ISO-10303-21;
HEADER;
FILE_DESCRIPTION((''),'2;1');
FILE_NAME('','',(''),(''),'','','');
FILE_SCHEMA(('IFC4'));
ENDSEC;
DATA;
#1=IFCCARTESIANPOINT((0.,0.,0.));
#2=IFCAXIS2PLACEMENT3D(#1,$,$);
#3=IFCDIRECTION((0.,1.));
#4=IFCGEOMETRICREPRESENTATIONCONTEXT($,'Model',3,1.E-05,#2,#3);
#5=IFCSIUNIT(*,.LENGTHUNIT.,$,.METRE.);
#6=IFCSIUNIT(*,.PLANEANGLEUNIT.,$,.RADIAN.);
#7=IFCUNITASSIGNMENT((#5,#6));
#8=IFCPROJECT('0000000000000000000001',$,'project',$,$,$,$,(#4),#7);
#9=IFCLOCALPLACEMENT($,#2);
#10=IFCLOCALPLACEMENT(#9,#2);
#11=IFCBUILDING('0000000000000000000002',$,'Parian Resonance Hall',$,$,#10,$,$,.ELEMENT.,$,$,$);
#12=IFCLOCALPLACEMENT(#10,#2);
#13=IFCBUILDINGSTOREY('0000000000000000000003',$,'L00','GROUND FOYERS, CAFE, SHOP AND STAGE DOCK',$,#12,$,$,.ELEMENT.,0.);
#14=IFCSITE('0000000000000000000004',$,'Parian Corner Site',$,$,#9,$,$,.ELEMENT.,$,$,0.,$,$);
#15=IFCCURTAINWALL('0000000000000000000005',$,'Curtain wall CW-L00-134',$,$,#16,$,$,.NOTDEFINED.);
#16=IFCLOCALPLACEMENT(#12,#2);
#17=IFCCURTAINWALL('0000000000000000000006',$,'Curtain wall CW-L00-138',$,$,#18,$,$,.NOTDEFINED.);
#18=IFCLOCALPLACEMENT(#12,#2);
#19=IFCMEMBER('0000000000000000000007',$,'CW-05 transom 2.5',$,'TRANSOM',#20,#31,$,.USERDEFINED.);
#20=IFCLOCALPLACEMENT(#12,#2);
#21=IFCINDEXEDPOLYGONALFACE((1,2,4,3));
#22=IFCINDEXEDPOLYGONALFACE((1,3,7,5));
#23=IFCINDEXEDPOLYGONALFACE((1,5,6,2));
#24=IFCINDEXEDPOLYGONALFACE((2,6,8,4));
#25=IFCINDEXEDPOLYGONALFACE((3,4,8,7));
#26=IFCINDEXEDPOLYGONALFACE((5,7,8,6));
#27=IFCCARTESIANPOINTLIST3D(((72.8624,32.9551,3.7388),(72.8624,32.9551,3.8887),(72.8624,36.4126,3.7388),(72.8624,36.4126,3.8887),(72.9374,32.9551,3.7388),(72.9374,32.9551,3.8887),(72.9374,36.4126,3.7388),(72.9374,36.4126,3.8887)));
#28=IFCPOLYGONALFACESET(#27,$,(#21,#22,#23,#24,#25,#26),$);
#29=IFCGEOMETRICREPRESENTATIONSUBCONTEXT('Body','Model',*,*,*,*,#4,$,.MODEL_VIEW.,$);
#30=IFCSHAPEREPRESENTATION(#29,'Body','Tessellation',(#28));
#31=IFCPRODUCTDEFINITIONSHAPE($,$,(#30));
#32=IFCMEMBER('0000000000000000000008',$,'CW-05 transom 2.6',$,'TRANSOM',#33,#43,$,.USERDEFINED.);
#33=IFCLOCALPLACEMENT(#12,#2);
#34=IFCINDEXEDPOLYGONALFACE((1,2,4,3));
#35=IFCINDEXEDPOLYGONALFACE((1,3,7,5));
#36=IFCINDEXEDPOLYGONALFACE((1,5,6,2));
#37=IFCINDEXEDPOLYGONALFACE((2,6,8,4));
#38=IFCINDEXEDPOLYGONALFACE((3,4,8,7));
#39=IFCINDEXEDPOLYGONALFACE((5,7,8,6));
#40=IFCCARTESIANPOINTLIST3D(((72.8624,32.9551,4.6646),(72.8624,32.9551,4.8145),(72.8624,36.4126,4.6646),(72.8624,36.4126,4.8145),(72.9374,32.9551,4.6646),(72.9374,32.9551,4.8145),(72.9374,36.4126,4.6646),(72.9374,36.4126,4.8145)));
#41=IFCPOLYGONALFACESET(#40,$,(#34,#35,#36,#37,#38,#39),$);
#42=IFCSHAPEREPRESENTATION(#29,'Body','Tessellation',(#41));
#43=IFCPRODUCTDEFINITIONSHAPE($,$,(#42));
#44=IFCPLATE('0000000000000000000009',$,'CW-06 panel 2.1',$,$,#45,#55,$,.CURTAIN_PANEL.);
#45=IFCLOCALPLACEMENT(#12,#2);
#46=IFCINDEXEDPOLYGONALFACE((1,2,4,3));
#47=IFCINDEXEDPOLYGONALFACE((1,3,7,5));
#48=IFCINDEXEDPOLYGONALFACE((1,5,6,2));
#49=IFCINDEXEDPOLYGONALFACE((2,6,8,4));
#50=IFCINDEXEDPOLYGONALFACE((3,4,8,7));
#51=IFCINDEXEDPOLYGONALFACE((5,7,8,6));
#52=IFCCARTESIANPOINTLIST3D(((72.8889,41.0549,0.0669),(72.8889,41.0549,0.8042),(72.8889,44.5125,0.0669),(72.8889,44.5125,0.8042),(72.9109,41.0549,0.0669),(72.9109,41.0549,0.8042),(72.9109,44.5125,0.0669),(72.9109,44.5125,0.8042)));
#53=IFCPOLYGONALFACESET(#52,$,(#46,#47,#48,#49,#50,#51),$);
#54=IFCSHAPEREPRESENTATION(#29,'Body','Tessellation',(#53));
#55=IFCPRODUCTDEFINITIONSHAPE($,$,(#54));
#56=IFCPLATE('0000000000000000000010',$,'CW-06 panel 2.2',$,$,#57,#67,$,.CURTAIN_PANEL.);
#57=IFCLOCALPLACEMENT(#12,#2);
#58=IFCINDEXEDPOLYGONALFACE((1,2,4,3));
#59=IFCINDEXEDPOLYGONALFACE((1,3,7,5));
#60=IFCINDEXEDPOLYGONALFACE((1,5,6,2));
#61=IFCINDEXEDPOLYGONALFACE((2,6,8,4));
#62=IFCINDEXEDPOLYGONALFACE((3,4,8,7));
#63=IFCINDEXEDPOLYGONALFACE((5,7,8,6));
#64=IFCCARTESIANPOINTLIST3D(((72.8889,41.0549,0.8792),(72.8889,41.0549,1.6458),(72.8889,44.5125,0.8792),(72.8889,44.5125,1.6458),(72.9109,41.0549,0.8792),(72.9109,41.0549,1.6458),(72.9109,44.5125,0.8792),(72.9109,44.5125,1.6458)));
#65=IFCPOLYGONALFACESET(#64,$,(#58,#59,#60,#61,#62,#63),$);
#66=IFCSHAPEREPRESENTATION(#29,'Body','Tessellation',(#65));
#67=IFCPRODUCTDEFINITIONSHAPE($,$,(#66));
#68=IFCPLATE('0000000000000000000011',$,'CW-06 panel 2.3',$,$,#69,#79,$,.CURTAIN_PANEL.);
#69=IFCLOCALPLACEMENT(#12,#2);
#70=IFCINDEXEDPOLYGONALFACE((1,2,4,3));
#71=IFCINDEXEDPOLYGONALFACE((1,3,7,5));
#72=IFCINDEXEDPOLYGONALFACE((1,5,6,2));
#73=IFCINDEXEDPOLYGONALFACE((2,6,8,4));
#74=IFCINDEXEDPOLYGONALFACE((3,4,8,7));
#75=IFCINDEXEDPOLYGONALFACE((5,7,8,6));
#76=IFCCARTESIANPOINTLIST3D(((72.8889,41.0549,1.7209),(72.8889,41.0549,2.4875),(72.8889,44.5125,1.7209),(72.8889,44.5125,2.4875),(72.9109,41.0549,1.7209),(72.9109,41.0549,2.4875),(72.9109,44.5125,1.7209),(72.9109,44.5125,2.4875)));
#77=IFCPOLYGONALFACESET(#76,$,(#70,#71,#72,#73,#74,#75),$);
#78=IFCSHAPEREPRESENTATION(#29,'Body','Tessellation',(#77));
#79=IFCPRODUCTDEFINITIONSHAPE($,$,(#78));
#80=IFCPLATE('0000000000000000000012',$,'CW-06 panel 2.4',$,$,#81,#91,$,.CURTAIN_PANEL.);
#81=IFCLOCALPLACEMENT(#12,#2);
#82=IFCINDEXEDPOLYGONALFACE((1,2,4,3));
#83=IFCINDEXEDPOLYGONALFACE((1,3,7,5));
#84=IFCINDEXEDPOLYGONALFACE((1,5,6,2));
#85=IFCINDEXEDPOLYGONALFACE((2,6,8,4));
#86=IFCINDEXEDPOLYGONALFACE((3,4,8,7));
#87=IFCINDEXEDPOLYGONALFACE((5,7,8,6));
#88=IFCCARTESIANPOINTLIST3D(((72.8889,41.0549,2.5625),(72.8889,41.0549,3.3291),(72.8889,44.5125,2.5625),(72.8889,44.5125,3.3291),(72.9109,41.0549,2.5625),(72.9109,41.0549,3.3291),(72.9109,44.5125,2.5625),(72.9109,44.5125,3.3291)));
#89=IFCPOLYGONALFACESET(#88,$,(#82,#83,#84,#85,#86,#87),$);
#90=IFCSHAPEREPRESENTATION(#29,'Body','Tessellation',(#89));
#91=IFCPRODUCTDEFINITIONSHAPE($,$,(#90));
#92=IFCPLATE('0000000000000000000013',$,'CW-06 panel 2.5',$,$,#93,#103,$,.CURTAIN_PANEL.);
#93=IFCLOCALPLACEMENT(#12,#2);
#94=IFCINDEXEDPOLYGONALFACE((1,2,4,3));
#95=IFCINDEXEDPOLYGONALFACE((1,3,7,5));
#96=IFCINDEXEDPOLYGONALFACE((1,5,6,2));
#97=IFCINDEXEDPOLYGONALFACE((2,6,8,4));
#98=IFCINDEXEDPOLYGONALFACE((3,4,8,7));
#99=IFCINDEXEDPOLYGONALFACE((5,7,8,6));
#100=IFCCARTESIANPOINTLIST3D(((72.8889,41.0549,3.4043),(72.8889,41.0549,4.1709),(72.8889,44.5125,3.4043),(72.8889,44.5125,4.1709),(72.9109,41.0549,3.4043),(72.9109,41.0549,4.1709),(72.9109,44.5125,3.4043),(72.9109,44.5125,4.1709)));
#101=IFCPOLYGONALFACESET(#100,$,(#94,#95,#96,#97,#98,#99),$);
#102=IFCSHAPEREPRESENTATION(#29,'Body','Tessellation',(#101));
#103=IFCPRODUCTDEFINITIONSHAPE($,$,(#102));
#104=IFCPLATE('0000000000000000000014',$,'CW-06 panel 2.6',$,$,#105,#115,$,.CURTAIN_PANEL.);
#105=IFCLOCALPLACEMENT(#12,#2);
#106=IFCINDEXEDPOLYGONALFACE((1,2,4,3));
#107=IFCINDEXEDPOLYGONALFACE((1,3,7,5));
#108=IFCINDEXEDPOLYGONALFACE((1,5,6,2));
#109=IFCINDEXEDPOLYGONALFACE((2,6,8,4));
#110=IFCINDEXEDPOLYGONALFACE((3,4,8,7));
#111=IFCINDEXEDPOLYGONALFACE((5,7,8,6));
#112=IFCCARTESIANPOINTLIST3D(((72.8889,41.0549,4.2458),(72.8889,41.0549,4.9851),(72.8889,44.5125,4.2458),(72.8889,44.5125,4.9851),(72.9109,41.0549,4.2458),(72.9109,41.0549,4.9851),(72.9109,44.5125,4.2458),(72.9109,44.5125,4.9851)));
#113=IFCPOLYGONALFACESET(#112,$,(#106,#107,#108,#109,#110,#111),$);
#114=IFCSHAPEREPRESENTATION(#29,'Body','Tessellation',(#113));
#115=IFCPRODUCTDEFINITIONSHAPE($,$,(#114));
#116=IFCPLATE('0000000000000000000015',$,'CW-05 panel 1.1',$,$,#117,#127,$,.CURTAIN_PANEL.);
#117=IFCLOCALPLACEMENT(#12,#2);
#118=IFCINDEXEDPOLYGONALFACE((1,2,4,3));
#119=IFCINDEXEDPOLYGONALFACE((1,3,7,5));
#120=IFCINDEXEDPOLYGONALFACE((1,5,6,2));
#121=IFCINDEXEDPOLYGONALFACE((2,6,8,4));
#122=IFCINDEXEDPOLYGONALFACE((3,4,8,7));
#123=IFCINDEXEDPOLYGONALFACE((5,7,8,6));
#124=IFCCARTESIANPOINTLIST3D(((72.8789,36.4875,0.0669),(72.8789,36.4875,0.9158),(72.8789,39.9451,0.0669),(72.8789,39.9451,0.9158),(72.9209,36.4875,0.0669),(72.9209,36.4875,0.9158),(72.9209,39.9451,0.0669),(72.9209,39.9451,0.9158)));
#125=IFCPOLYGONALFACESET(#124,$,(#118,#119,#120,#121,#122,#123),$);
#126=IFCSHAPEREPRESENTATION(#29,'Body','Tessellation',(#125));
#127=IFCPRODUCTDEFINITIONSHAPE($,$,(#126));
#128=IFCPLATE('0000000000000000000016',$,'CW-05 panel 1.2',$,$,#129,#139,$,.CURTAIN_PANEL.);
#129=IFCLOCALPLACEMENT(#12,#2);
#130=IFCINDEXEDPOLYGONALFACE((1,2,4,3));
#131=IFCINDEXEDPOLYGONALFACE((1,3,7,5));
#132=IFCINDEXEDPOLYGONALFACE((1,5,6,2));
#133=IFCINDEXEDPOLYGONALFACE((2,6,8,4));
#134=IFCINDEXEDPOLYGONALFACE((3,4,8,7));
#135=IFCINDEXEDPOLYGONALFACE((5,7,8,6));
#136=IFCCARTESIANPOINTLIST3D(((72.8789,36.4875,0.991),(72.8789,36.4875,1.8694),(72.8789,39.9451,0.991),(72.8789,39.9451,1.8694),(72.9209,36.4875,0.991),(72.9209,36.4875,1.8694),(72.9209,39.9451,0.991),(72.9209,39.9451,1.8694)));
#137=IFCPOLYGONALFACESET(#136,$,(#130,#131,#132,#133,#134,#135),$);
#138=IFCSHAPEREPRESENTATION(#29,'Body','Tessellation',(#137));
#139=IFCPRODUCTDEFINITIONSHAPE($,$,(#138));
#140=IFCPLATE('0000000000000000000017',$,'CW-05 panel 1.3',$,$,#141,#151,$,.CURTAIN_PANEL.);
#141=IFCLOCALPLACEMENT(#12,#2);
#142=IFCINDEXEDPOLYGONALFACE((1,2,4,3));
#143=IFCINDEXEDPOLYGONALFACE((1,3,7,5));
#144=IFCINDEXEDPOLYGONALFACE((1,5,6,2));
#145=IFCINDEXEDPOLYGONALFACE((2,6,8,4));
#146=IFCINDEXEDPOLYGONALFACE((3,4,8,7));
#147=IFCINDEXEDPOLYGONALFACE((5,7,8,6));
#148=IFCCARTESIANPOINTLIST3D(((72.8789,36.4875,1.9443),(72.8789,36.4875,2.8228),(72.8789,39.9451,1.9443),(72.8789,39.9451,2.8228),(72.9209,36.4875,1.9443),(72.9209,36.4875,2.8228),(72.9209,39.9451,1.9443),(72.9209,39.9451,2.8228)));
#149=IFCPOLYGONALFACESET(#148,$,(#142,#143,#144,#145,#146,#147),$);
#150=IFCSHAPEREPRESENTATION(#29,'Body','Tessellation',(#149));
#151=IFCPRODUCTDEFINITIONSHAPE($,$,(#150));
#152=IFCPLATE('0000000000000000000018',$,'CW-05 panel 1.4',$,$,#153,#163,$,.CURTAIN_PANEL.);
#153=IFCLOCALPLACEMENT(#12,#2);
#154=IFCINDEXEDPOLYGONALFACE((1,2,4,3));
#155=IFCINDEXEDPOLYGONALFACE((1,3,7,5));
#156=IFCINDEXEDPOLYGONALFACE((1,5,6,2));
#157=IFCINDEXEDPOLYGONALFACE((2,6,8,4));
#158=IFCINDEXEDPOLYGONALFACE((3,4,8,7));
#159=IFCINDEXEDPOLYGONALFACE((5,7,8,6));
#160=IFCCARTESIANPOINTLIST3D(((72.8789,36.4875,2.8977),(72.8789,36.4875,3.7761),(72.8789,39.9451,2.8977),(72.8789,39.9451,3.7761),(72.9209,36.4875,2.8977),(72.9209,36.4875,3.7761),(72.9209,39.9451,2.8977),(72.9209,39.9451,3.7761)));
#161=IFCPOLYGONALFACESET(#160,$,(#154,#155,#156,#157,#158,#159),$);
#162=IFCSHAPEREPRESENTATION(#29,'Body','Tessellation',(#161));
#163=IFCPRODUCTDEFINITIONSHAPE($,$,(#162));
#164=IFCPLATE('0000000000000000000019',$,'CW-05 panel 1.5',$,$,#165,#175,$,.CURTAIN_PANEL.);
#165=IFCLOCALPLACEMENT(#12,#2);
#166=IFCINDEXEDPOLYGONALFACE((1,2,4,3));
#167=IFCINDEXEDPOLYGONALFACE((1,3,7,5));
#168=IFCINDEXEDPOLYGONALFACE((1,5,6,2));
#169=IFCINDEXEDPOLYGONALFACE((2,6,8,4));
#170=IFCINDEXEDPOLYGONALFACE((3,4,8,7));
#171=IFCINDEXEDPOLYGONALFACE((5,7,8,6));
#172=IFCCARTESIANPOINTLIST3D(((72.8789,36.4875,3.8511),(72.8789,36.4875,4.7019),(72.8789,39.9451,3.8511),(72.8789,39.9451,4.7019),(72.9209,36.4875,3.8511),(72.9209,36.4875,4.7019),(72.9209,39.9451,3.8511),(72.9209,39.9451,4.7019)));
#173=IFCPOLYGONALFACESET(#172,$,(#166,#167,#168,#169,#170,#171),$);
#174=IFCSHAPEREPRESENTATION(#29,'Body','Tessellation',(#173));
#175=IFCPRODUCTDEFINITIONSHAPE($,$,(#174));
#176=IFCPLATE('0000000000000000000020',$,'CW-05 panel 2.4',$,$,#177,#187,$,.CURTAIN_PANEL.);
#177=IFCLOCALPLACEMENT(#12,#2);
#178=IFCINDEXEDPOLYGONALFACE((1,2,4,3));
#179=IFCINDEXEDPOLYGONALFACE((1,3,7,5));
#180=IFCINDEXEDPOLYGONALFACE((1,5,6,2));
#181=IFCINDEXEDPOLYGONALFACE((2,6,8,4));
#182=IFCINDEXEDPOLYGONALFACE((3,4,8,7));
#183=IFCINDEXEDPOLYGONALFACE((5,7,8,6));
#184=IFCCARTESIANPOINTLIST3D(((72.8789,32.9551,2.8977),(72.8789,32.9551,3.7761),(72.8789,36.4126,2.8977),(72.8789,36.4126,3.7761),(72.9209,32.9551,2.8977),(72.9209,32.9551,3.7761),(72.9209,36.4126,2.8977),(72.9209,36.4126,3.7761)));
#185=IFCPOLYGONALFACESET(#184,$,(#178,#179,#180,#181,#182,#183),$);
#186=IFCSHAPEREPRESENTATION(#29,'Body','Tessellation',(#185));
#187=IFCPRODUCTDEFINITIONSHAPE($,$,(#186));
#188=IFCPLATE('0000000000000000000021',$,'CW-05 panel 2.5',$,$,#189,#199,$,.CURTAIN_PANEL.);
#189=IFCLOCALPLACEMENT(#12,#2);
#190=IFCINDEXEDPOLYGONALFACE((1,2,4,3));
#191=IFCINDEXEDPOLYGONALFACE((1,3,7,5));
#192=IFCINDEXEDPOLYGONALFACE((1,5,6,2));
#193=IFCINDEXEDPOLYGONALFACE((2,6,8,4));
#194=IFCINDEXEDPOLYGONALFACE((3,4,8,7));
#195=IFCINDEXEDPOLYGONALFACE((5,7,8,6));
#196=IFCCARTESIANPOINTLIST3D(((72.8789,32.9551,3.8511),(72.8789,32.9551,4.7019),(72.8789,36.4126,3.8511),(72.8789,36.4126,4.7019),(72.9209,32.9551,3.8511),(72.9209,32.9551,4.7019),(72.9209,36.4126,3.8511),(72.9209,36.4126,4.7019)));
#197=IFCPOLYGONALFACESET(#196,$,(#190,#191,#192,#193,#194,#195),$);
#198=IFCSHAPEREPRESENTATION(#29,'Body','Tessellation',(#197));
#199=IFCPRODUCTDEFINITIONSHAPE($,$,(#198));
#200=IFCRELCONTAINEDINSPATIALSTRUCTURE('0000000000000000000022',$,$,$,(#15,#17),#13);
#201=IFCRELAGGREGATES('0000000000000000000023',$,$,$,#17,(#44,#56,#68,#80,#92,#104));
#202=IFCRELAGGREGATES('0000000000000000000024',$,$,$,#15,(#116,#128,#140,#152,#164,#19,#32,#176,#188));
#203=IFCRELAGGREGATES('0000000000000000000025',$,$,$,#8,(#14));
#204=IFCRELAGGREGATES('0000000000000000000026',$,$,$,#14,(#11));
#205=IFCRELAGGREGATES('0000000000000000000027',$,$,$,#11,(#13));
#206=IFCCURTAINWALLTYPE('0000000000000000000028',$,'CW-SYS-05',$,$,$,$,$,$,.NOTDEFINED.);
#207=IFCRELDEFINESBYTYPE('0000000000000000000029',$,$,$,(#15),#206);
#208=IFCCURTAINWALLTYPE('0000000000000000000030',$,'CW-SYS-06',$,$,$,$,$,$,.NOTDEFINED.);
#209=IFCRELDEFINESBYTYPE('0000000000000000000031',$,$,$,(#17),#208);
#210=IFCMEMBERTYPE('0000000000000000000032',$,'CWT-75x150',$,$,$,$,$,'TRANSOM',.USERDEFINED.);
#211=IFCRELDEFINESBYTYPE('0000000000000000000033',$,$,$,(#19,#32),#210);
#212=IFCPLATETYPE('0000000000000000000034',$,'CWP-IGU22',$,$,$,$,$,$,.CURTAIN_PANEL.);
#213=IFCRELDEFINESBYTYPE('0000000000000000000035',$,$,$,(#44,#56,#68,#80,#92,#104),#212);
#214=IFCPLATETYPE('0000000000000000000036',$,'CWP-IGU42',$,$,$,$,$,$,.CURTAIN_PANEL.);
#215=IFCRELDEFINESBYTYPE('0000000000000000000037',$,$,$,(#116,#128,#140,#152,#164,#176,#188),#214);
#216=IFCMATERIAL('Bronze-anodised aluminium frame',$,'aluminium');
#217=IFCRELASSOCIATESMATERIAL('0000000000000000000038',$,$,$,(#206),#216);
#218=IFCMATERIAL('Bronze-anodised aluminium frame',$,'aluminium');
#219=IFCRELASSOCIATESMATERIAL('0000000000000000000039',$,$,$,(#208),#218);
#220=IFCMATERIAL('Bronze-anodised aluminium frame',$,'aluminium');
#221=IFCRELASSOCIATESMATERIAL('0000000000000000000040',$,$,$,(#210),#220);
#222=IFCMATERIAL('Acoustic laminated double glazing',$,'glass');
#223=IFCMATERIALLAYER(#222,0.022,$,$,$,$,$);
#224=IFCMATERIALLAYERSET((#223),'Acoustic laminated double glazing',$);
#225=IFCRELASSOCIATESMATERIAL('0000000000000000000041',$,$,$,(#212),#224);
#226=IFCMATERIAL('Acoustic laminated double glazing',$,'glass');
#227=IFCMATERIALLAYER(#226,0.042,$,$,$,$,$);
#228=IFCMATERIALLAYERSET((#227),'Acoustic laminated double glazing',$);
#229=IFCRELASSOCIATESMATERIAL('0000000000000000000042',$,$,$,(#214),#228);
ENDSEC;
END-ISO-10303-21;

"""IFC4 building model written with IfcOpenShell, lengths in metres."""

from ifc_helpers import new_model, si_unit, direction, frame, origin, origin_2d, place, context, subcontext, project, spatial, rectangle, extrude, material, layer, layer_set, material_profile, profile_set, type_object, element, aggregate, save


model = new_model("IFC4")

# Units and contexts
model_context = context("Model", 3, precision=1e-05, world=origin(), true_north=direction((0.0, 1.0)))
body_context = subcontext(model_context, "Body", "Model", "MODEL_VIEW")
ifc_project = project(units=[si_unit("LENGTHUNIT", "METRE"), si_unit("PLANEANGLEUNIT", "RADIAN")], contexts=[model_context])

# Site, building, storey
site_placement = place(None, origin())
site = spatial("IfcSite", under=ifc_project, at=site_placement, Name="Parian Corner Site", CompositionType="ELEMENT", RefElevation=0.0)
building_placement = place(site_placement, origin())
building = spatial("IfcBuilding", under=site, at=building_placement, Name="Parian Resonance Hall", CompositionType="ELEMENT")
storey_placement = place(building_placement, origin())
storey = spatial("IfcBuildingStorey", under=building, at=storey_placement, Name="L00", Description="GROUND FOYERS, CAFE, SHOP AND STAGE DOCK", CompositionType="ELEMENT", Elevation=0.0)

# Curtain wall
ifc_material_1 = material(Name="Bronze-anodised aluminium frame", Category="aluminium")
curtain_wall_type_1 = type_object("IfcCurtainWallType", Name="CW-SYS-05", PredefinedType="NOTDEFINED", material=ifc_material_1)
curtain_wall_1_placement = place(storey_placement, origin())
curtain_wall_1 = element("IfcCurtainWall", 1, at=curtain_wall_1_placement, inside=storey, type_object=curtain_wall_type_1, Name="Curtain wall CW-L00-134", PredefinedType="NOTDEFINED")

# Curtain wall
ifc_material_2 = material(Name="Bronze-anodised aluminium frame", Category="aluminium")
curtain_wall_type_2 = type_object("IfcCurtainWallType", Name="CW-SYS-06", PredefinedType="NOTDEFINED", material=ifc_material_2)
curtain_wall_2_placement = place(storey_placement, origin())
curtain_wall_2 = element("IfcCurtainWall", 2, at=curtain_wall_2_placement, inside=storey, type_object=curtain_wall_type_2, Name="Curtain wall CW-L00-138", PredefinedType="NOTDEFINED")

# Members
ifc_material_3 = material(Name="Bronze-anodised aluminium frame", Category="aluminium")
ifc_material_profile_1 = material_profile(ifc_material_3, rectangle(XDim=0.075, YDim=0.1499, at=origin_2d()), Name="CWT-75x150")
ifc_profile_set_1 = profile_set([ifc_material_profile_1], Name="Bronze-anodised aluminium frame")
member_type_1 = type_object("IfcMemberType", Name="CWT-75x150", ElementType="TRANSOM", PredefinedType="USERDEFINED", material=ifc_profile_set_1)
member_1_placement = place(storey_placement, frame((72.8999, 36.4126, 3.8137), z_axis=(0.0, -1.0, 0.0), x_axis=(1.0, 0.0, 0.0)))
member_1 = element("IfcMember", 3, at=member_1_placement, type_object=member_type_1, Name="CW-05 transom 2.5", ObjectType="TRANSOM", PredefinedType="USERDEFINED", context=body_context, shape_type="SweptSolid", body=[
    extrude(rectangle(XDim=0.075, YDim=0.1499, at=origin_2d()), origin(), (0.0, 0.0, 1.0), 3.4575),
])
member_2_placement = place(storey_placement, frame((72.8999, 36.4126, 4.7395), z_axis=(0.0, -1.0, 0.0), x_axis=(1.0, 0.0, 0.0)))
member_2 = element("IfcMember", 4, at=member_2_placement, type_object=member_type_1, Name="CW-05 transom 2.6", ObjectType="TRANSOM", PredefinedType="USERDEFINED", context=body_context, shape_type="SweptSolid", body=[
    extrude(rectangle(XDim=0.075, YDim=0.1499, at=origin_2d()), origin(), (0.0, 0.0, 1.0), 3.4575),
])

# Plates
ifc_material_4 = material(Name="Acoustic laminated double glazing", Category="glass")
ifc_layer_1 = layer(ifc_material_4, 0.022)
ifc_layer_set_1 = layer_set([ifc_layer_1], Name="Acoustic laminated double glazing")
plate_type_1 = type_object("IfcPlateType", Name="CWP-IGU22", PredefinedType="CURTAIN_PANEL", material=ifc_layer_set_1)
plate_1_placement = place(storey_placement, frame((72.8999, 42.7837, 0.0669), z_axis=(0.0, 0.0, 1.0), x_axis=(0.0, -1.0, 0.0)))
plate_1 = element("IfcPlate", 5, at=plate_1_placement, type_object=plate_type_1, Name="CW-06 panel 2.1", PredefinedType="CURTAIN_PANEL", context=body_context, shape_type="SweptSolid", body=[
    extrude(rectangle(XDim=3.4575, YDim=0.022, at=origin_2d()), origin(), (0.0, 0.0, 1.0), 0.7373),
])
plate_2_placement = place(storey_placement, frame((72.8999, 42.7837, 0.8792), z_axis=(0.0, 0.0, 1.0), x_axis=(0.0, -1.0, 0.0)))
plate_2 = element("IfcPlate", 6, at=plate_2_placement, type_object=plate_type_1, Name="CW-06 panel 2.2", PredefinedType="CURTAIN_PANEL", context=body_context, shape_type="SweptSolid", body=[
    extrude(rectangle(XDim=3.4575, YDim=0.022, at=origin_2d()), origin(), (0.0, 0.0, 1.0), 0.7666),
])
plate_3_placement = place(storey_placement, frame((72.8999, 42.7837, 1.7209), z_axis=(0.0, 0.0, 1.0), x_axis=(0.0, -1.0, 0.0)))
plate_3 = element("IfcPlate", 7, at=plate_3_placement, type_object=plate_type_1, Name="CW-06 panel 2.3", PredefinedType="CURTAIN_PANEL", context=body_context, shape_type="SweptSolid", body=[
    extrude(rectangle(XDim=3.4575, YDim=0.022, at=origin_2d()), origin(), (0.0, 0.0, 1.0), 0.7666),
])
plate_4_placement = place(storey_placement, frame((72.8999, 42.7837, 2.5625), z_axis=(0.0, 0.0, 1.0), x_axis=(0.0, -1.0, 0.0)))
plate_4 = element("IfcPlate", 8, at=plate_4_placement, type_object=plate_type_1, Name="CW-06 panel 2.4", PredefinedType="CURTAIN_PANEL", context=body_context, shape_type="SweptSolid", body=[
    extrude(rectangle(XDim=3.4575, YDim=0.022, at=origin_2d()), origin(), (0.0, 0.0, 1.0), 0.7666),
])
plate_5_placement = place(storey_placement, frame((72.8999, 42.7837, 3.4043), z_axis=(0.0, 0.0, 1.0), x_axis=(0.0, -1.0, 0.0)))
plate_5 = element("IfcPlate", 9, at=plate_5_placement, type_object=plate_type_1, Name="CW-06 panel 2.5", PredefinedType="CURTAIN_PANEL", context=body_context, shape_type="SweptSolid", body=[
    extrude(rectangle(XDim=3.4575, YDim=0.022, at=origin_2d()), origin(), (0.0, 0.0, 1.0), 0.7666),
])
plate_6_placement = place(storey_placement, frame((72.8999, 42.7837, 4.2458), z_axis=(0.0, 0.0, 1.0), x_axis=(0.0, -1.0, 0.0)))
plate_6 = element("IfcPlate", 10, at=plate_6_placement, type_object=plate_type_1, Name="CW-06 panel 2.6", PredefinedType="CURTAIN_PANEL", context=body_context, shape_type="SweptSolid", body=[
    extrude(rectangle(XDim=3.4575, YDim=0.022, at=origin_2d()), origin(), (0.0, 0.0, 1.0), 0.7393),
])
aggregate(curtain_wall_2, [plate_1, plate_2, plate_3, plate_4, plate_5, plate_6])
ifc_material_5 = material(Name="Acoustic laminated double glazing", Category="glass")
ifc_layer_2 = layer(ifc_material_5, 0.042)
ifc_layer_set_2 = layer_set([ifc_layer_2], Name="Acoustic laminated double glazing")
plate_type_2 = type_object("IfcPlateType", Name="CWP-IGU42", PredefinedType="CURTAIN_PANEL", material=ifc_layer_set_2)
plate_7_placement = place(storey_placement, frame((72.8999, 38.2163, 0.0669), z_axis=(0.0, 0.0, 1.0), x_axis=(0.0, -1.0, 0.0)))
plate_7 = element("IfcPlate", 11, at=plate_7_placement, type_object=plate_type_2, Name="CW-05 panel 1.1", PredefinedType="CURTAIN_PANEL", context=body_context, shape_type="SweptSolid", body=[
    extrude(rectangle(XDim=3.4575, YDim=0.042, at=origin_2d()), origin(), (0.0, 0.0, 1.0), 0.8489),
])
plate_8_placement = place(storey_placement, frame((72.8999, 38.2163, 0.991), z_axis=(0.0, 0.0, 1.0), x_axis=(0.0, -1.0, 0.0)))
plate_8 = element("IfcPlate", 12, at=plate_8_placement, type_object=plate_type_2, Name="CW-05 panel 1.2", PredefinedType="CURTAIN_PANEL", context=body_context, shape_type="SweptSolid", body=[
    extrude(rectangle(XDim=3.4575, YDim=0.042, at=origin_2d()), origin(), (0.0, 0.0, 1.0), 0.8784),
])
plate_9_placement = place(storey_placement, frame((72.8999, 38.2163, 1.9443), z_axis=(0.0, 0.0, 1.0), x_axis=(0.0, -1.0, 0.0)))
plate_9 = element("IfcPlate", 13, at=plate_9_placement, type_object=plate_type_2, Name="CW-05 panel 1.3", PredefinedType="CURTAIN_PANEL", context=body_context, shape_type="SweptSolid", body=[
    extrude(rectangle(XDim=3.4575, YDim=0.042, at=origin_2d()), origin(), (0.0, 0.0, 1.0), 0.8784),
])
plate_10_placement = place(storey_placement, frame((72.8999, 38.2163, 2.8977), z_axis=(0.0, 0.0, 1.0), x_axis=(0.0, -1.0, 0.0)))
plate_10 = element("IfcPlate", 14, at=plate_10_placement, type_object=plate_type_2, Name="CW-05 panel 1.4", PredefinedType="CURTAIN_PANEL", context=body_context, shape_type="SweptSolid", body=[
    extrude(rectangle(XDim=3.4575, YDim=0.042, at=origin_2d()), origin(), (0.0, 0.0, 1.0), 0.8784),
])
plate_11_placement = place(storey_placement, frame((72.8999, 38.2163, 3.8511), z_axis=(0.0, 0.0, 1.0), x_axis=(0.0, -1.0, 0.0)))
plate_11 = element("IfcPlate", 15, at=plate_11_placement, type_object=plate_type_2, Name="CW-05 panel 1.5", PredefinedType="CURTAIN_PANEL", context=body_context, shape_type="SweptSolid", body=[
    extrude(rectangle(XDim=3.4575, YDim=0.042, at=origin_2d()), origin(), (0.0, 0.0, 1.0), 0.8508),
])
plate_12_placement = place(storey_placement, frame((72.8999, 34.6838, 2.8977), z_axis=(0.0, 0.0, 1.0), x_axis=(0.0, -1.0, 0.0)))
plate_12 = element("IfcPlate", 16, at=plate_12_placement, type_object=plate_type_2, Name="CW-05 panel 2.4", PredefinedType="CURTAIN_PANEL", context=body_context, shape_type="SweptSolid", body=[
    extrude(rectangle(XDim=3.4575, YDim=0.042, at=origin_2d()), origin(), (0.0, 0.0, 1.0), 0.8784),
])
plate_13_placement = place(storey_placement, frame((72.8999, 34.6838, 3.8511), z_axis=(0.0, 0.0, 1.0), x_axis=(0.0, -1.0, 0.0)))
plate_13 = element("IfcPlate", 17, at=plate_13_placement, type_object=plate_type_2, Name="CW-05 panel 2.5", PredefinedType="CURTAIN_PANEL", context=body_context, shape_type="SweptSolid", body=[
    extrude(rectangle(XDim=3.4575, YDim=0.042, at=origin_2d()), origin(), (0.0, 0.0, 1.0), 0.8508),
])
aggregate(curtain_wall_1, [plate_7, plate_8, plate_9, plate_10, plate_11, member_1, member_2, plate_12, plate_13])

save(model, "model.ifc")
